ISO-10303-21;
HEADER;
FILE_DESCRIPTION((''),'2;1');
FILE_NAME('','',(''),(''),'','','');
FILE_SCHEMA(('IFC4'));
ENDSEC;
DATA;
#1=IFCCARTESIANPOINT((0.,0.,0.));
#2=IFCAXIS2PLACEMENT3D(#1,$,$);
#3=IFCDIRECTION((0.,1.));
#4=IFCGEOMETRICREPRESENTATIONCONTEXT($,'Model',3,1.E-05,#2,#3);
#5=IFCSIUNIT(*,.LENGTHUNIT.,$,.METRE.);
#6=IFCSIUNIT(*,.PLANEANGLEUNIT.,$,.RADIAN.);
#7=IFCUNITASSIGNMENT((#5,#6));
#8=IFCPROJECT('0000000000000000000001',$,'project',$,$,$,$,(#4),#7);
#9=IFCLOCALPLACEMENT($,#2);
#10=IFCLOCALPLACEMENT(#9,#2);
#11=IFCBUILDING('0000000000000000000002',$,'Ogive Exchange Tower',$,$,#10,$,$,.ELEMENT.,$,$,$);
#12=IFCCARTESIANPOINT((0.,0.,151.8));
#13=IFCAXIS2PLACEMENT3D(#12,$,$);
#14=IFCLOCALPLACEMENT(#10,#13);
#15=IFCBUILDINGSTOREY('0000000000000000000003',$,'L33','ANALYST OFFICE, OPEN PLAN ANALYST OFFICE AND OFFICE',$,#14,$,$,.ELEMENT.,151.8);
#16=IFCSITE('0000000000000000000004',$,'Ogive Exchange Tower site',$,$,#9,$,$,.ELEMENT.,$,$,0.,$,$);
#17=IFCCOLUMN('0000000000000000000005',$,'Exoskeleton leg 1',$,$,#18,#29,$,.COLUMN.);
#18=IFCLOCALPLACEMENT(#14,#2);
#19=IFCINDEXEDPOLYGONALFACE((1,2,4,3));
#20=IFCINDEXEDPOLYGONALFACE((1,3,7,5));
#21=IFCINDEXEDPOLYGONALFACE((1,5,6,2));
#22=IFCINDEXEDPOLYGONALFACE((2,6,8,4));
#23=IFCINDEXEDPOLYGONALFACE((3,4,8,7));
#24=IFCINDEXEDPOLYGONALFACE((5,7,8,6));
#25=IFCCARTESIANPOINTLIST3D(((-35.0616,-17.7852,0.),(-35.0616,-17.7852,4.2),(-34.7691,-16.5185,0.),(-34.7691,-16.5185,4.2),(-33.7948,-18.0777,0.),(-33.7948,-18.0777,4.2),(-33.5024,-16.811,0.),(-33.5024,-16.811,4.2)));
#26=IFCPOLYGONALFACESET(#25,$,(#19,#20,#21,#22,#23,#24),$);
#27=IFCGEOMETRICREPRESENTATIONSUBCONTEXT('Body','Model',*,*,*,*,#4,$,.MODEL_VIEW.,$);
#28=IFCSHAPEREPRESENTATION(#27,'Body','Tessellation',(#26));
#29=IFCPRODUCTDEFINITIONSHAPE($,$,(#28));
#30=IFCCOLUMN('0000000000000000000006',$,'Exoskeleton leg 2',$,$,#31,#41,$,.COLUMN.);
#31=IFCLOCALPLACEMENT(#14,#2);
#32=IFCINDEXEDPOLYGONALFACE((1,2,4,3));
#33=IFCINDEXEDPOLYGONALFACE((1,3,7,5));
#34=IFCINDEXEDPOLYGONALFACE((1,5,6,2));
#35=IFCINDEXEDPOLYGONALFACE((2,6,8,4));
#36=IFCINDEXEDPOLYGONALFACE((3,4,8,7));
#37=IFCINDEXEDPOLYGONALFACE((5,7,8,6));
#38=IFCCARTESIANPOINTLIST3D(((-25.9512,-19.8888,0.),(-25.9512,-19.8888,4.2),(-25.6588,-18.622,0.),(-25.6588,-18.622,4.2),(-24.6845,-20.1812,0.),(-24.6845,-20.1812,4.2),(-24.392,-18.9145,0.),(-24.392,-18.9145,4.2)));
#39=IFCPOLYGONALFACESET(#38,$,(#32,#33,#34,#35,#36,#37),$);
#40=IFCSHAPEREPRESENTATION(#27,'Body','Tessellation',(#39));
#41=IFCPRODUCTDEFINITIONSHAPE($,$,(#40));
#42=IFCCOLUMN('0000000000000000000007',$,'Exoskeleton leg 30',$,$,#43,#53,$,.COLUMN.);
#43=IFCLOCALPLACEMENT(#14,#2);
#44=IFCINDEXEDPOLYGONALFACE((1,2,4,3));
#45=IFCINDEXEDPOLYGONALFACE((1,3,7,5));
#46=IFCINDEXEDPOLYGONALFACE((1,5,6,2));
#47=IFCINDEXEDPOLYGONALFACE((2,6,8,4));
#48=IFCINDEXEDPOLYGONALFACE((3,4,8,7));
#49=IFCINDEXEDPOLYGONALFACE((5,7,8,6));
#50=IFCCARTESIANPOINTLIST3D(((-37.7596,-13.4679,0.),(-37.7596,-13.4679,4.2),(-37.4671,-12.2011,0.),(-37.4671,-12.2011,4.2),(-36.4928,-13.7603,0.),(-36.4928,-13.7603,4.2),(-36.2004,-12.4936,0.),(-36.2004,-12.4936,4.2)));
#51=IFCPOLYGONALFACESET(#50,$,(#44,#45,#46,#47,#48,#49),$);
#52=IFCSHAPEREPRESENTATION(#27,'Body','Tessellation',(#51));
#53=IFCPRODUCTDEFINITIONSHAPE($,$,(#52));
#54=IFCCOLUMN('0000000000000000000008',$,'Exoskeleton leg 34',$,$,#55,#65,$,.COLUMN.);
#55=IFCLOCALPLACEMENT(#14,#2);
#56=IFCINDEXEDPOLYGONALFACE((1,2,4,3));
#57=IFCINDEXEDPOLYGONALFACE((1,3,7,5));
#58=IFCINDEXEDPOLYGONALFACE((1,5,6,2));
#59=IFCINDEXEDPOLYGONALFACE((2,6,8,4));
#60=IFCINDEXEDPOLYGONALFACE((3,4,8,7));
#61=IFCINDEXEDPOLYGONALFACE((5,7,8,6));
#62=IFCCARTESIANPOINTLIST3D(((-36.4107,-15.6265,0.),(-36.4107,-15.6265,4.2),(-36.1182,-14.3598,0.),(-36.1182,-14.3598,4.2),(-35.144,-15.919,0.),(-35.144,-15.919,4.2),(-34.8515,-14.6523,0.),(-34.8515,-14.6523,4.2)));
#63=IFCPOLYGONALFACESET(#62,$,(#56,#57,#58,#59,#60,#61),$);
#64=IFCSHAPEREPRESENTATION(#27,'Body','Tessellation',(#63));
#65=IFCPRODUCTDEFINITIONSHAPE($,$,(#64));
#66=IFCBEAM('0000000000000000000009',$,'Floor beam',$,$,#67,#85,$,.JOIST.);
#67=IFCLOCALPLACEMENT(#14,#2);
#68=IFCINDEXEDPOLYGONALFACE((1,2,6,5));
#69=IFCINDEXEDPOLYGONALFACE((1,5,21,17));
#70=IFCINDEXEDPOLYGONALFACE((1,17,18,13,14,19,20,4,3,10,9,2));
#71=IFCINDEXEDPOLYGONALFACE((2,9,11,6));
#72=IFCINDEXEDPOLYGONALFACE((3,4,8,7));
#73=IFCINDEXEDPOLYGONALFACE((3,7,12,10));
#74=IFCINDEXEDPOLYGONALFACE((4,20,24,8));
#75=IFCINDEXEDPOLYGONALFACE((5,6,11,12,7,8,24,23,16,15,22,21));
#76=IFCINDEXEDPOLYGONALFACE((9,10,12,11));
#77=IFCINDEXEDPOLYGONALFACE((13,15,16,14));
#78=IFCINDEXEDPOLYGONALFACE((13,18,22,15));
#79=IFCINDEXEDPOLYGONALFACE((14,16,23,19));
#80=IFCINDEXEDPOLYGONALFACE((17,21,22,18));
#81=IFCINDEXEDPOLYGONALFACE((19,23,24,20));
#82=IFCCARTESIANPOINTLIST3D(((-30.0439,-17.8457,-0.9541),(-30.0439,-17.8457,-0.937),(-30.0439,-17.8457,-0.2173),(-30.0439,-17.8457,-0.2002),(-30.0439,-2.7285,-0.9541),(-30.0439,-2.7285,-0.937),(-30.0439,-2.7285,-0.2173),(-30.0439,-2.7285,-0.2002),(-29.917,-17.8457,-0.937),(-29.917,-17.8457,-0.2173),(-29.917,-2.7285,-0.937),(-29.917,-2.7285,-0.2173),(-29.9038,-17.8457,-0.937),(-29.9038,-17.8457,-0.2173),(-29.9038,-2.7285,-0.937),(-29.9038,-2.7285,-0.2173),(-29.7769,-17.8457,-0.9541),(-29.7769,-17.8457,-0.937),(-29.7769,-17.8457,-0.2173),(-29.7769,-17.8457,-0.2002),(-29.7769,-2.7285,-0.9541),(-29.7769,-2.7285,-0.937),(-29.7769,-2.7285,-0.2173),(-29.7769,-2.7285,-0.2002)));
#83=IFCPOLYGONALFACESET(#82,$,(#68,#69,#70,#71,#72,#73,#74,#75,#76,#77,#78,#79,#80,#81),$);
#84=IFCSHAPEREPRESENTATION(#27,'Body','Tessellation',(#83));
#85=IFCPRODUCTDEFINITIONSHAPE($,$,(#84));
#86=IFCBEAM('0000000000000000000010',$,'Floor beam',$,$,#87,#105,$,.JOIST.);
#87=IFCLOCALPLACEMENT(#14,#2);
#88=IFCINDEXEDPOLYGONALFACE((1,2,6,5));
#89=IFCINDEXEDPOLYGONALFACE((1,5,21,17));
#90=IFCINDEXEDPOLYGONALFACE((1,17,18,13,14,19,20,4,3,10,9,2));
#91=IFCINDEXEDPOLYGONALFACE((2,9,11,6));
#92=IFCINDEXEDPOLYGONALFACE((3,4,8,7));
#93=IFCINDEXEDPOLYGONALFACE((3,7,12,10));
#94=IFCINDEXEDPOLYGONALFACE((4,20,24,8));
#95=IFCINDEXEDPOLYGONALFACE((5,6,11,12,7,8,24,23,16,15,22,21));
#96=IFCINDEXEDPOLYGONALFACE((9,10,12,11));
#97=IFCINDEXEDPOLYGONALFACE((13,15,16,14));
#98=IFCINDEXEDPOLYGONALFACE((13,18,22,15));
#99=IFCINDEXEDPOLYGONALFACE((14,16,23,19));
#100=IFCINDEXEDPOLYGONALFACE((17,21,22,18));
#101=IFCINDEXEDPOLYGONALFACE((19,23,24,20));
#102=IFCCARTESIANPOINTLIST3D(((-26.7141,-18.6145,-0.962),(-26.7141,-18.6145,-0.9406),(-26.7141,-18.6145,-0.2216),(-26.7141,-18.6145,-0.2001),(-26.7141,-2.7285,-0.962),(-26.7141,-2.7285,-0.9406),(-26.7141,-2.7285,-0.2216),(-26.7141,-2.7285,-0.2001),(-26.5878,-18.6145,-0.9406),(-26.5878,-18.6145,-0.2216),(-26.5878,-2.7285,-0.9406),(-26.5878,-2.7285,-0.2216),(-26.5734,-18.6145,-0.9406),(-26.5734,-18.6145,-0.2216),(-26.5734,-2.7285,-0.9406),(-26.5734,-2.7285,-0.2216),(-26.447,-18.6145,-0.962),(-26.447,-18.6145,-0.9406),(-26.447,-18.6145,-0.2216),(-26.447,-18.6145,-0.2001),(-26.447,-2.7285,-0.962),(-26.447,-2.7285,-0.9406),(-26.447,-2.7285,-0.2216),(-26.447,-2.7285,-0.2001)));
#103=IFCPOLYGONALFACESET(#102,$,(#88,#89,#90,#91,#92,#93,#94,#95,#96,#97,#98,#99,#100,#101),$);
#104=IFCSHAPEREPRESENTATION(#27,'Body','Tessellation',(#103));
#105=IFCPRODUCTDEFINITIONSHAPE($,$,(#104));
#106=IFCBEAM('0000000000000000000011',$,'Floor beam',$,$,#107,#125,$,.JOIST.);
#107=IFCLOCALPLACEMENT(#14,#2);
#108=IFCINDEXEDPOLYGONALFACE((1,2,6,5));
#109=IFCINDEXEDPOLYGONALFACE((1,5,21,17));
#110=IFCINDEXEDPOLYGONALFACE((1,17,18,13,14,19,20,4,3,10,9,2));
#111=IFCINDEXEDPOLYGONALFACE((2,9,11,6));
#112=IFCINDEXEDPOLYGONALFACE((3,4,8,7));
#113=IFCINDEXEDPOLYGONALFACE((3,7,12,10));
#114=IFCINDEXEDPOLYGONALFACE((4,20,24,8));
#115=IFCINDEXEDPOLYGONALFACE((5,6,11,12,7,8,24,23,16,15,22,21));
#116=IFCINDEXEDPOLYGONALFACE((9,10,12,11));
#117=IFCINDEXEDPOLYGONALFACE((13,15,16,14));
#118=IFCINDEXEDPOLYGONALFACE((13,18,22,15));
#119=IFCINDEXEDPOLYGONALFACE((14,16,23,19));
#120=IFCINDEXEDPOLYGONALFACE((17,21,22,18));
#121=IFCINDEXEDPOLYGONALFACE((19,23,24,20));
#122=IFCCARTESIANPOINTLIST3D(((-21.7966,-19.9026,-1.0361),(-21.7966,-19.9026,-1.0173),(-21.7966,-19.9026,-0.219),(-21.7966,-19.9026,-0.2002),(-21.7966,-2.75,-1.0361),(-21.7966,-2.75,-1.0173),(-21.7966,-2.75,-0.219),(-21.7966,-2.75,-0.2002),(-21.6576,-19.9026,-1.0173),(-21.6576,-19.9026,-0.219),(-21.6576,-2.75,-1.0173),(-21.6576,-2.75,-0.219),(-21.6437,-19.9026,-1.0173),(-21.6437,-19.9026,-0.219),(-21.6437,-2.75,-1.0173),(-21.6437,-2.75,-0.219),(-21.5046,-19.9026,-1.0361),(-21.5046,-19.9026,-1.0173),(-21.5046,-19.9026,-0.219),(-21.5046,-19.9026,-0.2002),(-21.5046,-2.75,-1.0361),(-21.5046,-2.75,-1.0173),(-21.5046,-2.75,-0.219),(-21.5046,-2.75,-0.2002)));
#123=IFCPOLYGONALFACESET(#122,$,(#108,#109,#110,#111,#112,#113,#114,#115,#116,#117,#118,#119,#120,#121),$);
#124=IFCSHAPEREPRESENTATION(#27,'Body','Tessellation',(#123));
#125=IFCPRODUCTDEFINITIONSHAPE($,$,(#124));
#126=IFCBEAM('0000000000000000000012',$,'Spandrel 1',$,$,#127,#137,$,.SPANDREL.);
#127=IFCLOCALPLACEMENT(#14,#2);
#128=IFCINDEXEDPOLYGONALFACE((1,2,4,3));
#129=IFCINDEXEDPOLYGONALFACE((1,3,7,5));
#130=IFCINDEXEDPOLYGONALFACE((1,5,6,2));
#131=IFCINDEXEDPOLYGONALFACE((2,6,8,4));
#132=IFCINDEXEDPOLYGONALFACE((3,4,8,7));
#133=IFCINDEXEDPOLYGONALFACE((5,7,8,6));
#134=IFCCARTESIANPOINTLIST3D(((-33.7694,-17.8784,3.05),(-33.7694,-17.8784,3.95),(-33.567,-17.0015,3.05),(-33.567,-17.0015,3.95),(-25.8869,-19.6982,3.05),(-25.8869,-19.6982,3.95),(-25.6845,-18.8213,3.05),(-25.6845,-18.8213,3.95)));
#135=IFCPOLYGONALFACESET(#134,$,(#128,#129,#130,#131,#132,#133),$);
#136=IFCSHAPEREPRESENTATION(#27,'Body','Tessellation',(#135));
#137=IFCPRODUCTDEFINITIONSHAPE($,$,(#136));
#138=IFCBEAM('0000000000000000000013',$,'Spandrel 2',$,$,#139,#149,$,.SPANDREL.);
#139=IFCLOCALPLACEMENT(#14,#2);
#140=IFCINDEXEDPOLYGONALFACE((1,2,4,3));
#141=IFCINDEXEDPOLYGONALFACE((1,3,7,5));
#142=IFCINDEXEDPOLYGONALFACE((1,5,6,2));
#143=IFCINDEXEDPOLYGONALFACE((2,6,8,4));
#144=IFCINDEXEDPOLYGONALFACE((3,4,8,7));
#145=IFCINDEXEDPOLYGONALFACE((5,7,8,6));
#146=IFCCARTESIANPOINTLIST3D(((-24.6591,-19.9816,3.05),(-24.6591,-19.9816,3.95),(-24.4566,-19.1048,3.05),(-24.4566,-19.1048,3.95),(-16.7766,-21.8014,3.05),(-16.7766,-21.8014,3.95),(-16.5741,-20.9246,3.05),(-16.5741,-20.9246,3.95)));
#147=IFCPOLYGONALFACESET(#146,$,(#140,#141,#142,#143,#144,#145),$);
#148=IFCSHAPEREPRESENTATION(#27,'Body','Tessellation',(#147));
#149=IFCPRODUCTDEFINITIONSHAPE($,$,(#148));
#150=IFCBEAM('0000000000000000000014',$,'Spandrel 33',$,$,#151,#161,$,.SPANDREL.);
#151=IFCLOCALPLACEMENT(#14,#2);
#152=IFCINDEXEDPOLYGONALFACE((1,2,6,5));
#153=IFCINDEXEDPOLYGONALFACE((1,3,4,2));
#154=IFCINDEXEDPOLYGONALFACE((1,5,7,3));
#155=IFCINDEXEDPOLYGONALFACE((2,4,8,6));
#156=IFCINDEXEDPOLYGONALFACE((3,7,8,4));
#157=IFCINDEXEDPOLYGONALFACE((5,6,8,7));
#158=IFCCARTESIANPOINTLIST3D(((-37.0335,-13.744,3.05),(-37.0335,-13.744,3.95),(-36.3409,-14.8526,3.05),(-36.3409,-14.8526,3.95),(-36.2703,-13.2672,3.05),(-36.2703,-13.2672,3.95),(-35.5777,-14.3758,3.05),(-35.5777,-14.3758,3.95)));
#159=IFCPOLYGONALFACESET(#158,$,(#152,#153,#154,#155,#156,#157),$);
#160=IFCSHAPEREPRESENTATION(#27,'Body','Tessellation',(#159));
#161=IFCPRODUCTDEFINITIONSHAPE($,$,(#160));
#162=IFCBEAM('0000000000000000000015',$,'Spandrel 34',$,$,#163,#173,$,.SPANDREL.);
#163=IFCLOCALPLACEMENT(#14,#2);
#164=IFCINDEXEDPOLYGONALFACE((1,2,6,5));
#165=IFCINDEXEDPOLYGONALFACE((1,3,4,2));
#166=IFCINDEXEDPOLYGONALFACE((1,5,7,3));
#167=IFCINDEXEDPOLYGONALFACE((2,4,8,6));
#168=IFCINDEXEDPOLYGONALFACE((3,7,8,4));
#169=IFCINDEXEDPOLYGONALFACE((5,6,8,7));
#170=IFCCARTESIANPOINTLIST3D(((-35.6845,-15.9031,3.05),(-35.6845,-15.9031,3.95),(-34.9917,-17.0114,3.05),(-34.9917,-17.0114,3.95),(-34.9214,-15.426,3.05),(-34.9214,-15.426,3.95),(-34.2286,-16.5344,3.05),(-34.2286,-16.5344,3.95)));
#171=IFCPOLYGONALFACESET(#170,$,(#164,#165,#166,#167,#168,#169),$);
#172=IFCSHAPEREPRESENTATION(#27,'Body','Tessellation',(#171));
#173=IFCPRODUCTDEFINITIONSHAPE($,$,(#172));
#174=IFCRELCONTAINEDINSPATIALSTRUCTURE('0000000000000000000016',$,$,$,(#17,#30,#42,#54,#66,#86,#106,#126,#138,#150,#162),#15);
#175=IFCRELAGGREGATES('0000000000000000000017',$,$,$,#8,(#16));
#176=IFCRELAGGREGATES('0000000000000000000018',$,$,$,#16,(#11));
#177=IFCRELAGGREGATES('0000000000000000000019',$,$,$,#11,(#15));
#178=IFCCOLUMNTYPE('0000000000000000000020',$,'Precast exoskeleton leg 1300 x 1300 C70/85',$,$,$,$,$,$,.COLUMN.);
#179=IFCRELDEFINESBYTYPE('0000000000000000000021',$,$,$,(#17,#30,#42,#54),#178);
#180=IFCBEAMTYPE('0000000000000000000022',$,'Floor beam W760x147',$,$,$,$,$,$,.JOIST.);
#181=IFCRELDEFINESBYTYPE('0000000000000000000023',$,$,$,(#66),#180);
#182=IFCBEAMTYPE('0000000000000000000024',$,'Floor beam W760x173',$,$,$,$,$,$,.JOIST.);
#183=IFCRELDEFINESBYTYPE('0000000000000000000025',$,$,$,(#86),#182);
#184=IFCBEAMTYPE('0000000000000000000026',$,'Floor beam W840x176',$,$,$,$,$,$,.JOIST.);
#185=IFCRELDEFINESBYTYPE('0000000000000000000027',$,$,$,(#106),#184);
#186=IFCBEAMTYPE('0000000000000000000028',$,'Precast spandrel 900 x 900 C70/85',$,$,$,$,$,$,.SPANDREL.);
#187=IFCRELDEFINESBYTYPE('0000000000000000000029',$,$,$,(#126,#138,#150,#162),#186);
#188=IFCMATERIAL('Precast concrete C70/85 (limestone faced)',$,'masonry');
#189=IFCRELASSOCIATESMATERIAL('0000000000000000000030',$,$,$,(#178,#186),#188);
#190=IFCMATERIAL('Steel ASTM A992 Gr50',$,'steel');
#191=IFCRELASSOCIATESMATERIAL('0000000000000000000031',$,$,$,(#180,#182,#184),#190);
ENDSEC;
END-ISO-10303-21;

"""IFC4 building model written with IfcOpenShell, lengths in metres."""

from ifc_helpers import new_model, si_unit, direction, frame, origin, origin_2d, place, context, subcontext, project, spatial, rectangle, i_section, extrude, material, material_profile, profile_set, type_object, element, save


model = new_model("IFC4")

# Units and contexts
model_context = context("Model", 3, precision=1e-05, world=origin(), true_north=direction((0.0, 1.0)))
body_context = subcontext(model_context, "Body", "Model", "MODEL_VIEW")
ifc_project = project(units=[si_unit("LENGTHUNIT", "METRE"), si_unit("PLANEANGLEUNIT", "RADIAN")], contexts=[model_context])

# Site, building, storey
site_placement = place(None, origin())
site = spatial("IfcSite", under=ifc_project, at=site_placement, Name="Ogive Exchange Tower site", CompositionType="ELEMENT", RefElevation=0.0)
building_placement = place(site_placement, origin())
building = spatial("IfcBuilding", under=site, at=building_placement, Name="Ogive Exchange Tower", CompositionType="ELEMENT")
storey_placement = place(building_placement, frame((0.0, 0.0, 151.8)))
storey = spatial("IfcBuildingStorey", under=building, at=storey_placement, Name="L33", Description="ANALYST OFFICE, OPEN PLAN ANALYST OFFICE AND OFFICE", CompositionType="ELEMENT", Elevation=151.8)

# Columns
ifc_material_1 = material(Name="Precast concrete C70/85 (limestone faced)", Category="masonry")
ifc_material_profile_1 = material_profile(ifc_material_1, rectangle(XDim=1.3, YDim=1.3, at=origin_2d()), Name="1300 x 1300")
ifc_profile_set_1 = profile_set([ifc_material_profile_1], Name="Precast concrete C70/85 (limestone faced)")
column_type = type_object("IfcColumnType", Name="Precast exoskeleton leg 1300 x 1300 C70/85", PredefinedType="COLUMN", material=ifc_profile_set_1)
for number, where, z_axis, x_axis, name in (
    (1, (-34.282, -17.2981, 0.0), (0.0, 0.0, 1.0), (0.97437, -0.224951, 0.0), "Exoskeleton leg 1"),
    (2, (-25.1716, -19.4016, 0.0), (0.0, 0.0, 1.0), (0.97437, -0.224951, 0.0), "Exoskeleton leg 2"),
    (3, (-36.98, -12.9807, 0.0), (0.0, 0.0, 1.0), (0.97437, -0.224951, 0.0), "Exoskeleton leg 30"),
    (4, (-35.6311, -15.1394, 0.0), (0.0, 0.0, 1.0), (0.97437, -0.224951, 0.0), "Exoskeleton leg 34"),
):
    element("IfcColumn", number, at=place(storey_placement, frame(where, z_axis=z_axis, x_axis=x_axis)), inside=storey, type_object=column_type, Name=name, PredefinedType="COLUMN", context=body_context, shape_type="SweptSolid", body=[
        extrude(rectangle(XDim=1.3, YDim=1.3, at=origin_2d()), origin(), (0.0, 0.0, 1.0), 4.2),
    ])

# Beams
ifc_material_2 = material(Name="Steel ASTM A992 Gr50", Category="steel")
ifc_material_profile_2 = material_profile(ifc_material_2, i_section(OverallWidth=0.2671, OverallDepth=0.7539, WebThickness=0.0132, FlangeThickness=0.0171, at=origin_2d()), Name="W760x147")
ifc_profile_set_2 = profile_set([ifc_material_profile_2], Name="Steel ASTM A992 Gr50")
beam_type_1 = type_object("IfcBeamType", Name="Floor beam W760x147", PredefinedType="JOIST", material=ifc_profile_set_2)
beam_1_placement = place(storey_placement, frame((-29.9104, -17.8457, -0.5771), z_axis=(0.0, 1.0, 0.0), x_axis=(-1.0, 0.0, 0.0)))
element("IfcBeam", 5, at=beam_1_placement, inside=storey, type_object=beam_type_1, Name="Floor beam", PredefinedType="JOIST", context=body_context, shape_type="SweptSolid", body=[
    extrude(i_section(OverallWidth=0.2671, OverallDepth=0.7539, WebThickness=0.0132, FlangeThickness=0.0171, at=origin_2d()), origin(), (0.0, 0.0, 1.0), 15.1172),
])
ifc_material_profile_3 = material_profile(ifc_material_2, i_section(OverallWidth=0.2671, OverallDepth=0.762, WebThickness=0.0144, FlangeThickness=0.0215, at=origin_2d()), Name="W760x173")
ifc_profile_set_3 = profile_set([ifc_material_profile_3], Name="Steel ASTM A992 Gr50")
beam_type_2 = type_object("IfcBeamType", Name="Floor beam W760x173", PredefinedType="JOIST", material=ifc_profile_set_3)
beam_2_placement = place(storey_placement, frame((-26.5806, -18.6145, -0.5811), z_axis=(0.0, 1.0, 0.0), x_axis=(-1.0, 0.0, 0.0)))
element("IfcBeam", 6, at=beam_2_placement, inside=storey, type_object=beam_type_2, Name="Floor beam", PredefinedType="JOIST", context=body_context, shape_type="SweptSolid", body=[
    extrude(i_section(OverallWidth=0.2671, OverallDepth=0.762, WebThickness=0.0144, FlangeThickness=0.0215, at=origin_2d()), origin(), (0.0, 0.0, 1.0), 15.886),
])
ifc_material_profile_4 = material_profile(ifc_material_2, i_section(OverallWidth=0.292, OverallDepth=0.8359, WebThickness=0.0139, FlangeThickness=0.0188, at=origin_2d()), Name="W840x176")
ifc_profile_set_4 = profile_set([ifc_material_profile_4], Name="Steel ASTM A992 Gr50")
beam_type_3 = type_object("IfcBeamType", Name="Floor beam W840x176", PredefinedType="JOIST", material=ifc_profile_set_4)
beam_3_placement = place(storey_placement, frame((-21.6506, -19.9026, -0.6182), z_axis=(0.0, 1.0, 0.0), x_axis=(-1.0, 0.0, 0.0)))
element("IfcBeam", 7, at=beam_3_placement, inside=storey, type_object=beam_type_3, Name="Floor beam", PredefinedType="JOIST", context=body_context, shape_type="SweptSolid", body=[
    extrude(i_section(OverallWidth=0.292, OverallDepth=0.8359, WebThickness=0.0139, FlangeThickness=0.0188, at=origin_2d()), origin(), (0.0, 0.0, 1.0), 17.1526),
])
ifc_material_profile_5 = material_profile(ifc_material_1, rectangle(XDim=0.8999, YDim=0.8999, at=origin_2d()), Name="900 x 900")
ifc_profile_set_5 = profile_set([ifc_material_profile_5], Name="Precast concrete C70/85 (limestone faced)")
beam_type_4 = type_object("IfcBeamType", Name="Precast spandrel 900 x 900 C70/85", PredefinedType="SPANDREL", material=ifc_profile_set_5)
for number, where, z_axis, x_axis, name in (
    (8, (-33.6682, -17.4399, 3.5), (0.97437, -0.22495, 0.0), (0.22495, 0.97437, 0.0), "Spandrel 1"),
    (9, (-24.5579, -19.5432, 3.5), (0.97437, -0.22495, 0.0), (0.22495, 0.97437, 0.0), "Spandrel 2"),
):
    element("IfcBeam", number, at=place(storey_placement, frame(where, z_axis=z_axis, x_axis=x_axis)), inside=storey, type_object=beam_type_4, Name=name, PredefinedType="SPANDREL", context=body_context, shape_type="SweptSolid", body=[
        extrude(rectangle(XDim=0.8999, YDim=0.8999, at=origin_2d()), origin(), (0.0, 0.0, 1.0), 8.0898),
    ])
for number, where, z_axis, x_axis, name in (
    (10, (-36.6519, -13.5056, 3.5), (0.529848, -0.848093, 0.0), (0.848093, 0.529848, 0.0), "Spandrel 33"),
    (11, (-35.303, -15.6646, 3.5), (0.530066, -0.847956, 0.0), (0.847956, 0.530066, 0.0), "Spandrel 34"),
):
    element("IfcBeam", number, at=place(storey_placement, frame(where, z_axis=z_axis, x_axis=x_axis)), inside=storey, type_object=beam_type_4, Name=name, PredefinedType="SPANDREL", context=body_context, shape_type="SweptSolid", body=[
        extrude(rectangle(XDim=0.8999, YDim=0.8999, at=origin_2d()), origin(), (0.0, 0.0, 1.0), 1.3071),
    ])

save(model, "model.ifc")
